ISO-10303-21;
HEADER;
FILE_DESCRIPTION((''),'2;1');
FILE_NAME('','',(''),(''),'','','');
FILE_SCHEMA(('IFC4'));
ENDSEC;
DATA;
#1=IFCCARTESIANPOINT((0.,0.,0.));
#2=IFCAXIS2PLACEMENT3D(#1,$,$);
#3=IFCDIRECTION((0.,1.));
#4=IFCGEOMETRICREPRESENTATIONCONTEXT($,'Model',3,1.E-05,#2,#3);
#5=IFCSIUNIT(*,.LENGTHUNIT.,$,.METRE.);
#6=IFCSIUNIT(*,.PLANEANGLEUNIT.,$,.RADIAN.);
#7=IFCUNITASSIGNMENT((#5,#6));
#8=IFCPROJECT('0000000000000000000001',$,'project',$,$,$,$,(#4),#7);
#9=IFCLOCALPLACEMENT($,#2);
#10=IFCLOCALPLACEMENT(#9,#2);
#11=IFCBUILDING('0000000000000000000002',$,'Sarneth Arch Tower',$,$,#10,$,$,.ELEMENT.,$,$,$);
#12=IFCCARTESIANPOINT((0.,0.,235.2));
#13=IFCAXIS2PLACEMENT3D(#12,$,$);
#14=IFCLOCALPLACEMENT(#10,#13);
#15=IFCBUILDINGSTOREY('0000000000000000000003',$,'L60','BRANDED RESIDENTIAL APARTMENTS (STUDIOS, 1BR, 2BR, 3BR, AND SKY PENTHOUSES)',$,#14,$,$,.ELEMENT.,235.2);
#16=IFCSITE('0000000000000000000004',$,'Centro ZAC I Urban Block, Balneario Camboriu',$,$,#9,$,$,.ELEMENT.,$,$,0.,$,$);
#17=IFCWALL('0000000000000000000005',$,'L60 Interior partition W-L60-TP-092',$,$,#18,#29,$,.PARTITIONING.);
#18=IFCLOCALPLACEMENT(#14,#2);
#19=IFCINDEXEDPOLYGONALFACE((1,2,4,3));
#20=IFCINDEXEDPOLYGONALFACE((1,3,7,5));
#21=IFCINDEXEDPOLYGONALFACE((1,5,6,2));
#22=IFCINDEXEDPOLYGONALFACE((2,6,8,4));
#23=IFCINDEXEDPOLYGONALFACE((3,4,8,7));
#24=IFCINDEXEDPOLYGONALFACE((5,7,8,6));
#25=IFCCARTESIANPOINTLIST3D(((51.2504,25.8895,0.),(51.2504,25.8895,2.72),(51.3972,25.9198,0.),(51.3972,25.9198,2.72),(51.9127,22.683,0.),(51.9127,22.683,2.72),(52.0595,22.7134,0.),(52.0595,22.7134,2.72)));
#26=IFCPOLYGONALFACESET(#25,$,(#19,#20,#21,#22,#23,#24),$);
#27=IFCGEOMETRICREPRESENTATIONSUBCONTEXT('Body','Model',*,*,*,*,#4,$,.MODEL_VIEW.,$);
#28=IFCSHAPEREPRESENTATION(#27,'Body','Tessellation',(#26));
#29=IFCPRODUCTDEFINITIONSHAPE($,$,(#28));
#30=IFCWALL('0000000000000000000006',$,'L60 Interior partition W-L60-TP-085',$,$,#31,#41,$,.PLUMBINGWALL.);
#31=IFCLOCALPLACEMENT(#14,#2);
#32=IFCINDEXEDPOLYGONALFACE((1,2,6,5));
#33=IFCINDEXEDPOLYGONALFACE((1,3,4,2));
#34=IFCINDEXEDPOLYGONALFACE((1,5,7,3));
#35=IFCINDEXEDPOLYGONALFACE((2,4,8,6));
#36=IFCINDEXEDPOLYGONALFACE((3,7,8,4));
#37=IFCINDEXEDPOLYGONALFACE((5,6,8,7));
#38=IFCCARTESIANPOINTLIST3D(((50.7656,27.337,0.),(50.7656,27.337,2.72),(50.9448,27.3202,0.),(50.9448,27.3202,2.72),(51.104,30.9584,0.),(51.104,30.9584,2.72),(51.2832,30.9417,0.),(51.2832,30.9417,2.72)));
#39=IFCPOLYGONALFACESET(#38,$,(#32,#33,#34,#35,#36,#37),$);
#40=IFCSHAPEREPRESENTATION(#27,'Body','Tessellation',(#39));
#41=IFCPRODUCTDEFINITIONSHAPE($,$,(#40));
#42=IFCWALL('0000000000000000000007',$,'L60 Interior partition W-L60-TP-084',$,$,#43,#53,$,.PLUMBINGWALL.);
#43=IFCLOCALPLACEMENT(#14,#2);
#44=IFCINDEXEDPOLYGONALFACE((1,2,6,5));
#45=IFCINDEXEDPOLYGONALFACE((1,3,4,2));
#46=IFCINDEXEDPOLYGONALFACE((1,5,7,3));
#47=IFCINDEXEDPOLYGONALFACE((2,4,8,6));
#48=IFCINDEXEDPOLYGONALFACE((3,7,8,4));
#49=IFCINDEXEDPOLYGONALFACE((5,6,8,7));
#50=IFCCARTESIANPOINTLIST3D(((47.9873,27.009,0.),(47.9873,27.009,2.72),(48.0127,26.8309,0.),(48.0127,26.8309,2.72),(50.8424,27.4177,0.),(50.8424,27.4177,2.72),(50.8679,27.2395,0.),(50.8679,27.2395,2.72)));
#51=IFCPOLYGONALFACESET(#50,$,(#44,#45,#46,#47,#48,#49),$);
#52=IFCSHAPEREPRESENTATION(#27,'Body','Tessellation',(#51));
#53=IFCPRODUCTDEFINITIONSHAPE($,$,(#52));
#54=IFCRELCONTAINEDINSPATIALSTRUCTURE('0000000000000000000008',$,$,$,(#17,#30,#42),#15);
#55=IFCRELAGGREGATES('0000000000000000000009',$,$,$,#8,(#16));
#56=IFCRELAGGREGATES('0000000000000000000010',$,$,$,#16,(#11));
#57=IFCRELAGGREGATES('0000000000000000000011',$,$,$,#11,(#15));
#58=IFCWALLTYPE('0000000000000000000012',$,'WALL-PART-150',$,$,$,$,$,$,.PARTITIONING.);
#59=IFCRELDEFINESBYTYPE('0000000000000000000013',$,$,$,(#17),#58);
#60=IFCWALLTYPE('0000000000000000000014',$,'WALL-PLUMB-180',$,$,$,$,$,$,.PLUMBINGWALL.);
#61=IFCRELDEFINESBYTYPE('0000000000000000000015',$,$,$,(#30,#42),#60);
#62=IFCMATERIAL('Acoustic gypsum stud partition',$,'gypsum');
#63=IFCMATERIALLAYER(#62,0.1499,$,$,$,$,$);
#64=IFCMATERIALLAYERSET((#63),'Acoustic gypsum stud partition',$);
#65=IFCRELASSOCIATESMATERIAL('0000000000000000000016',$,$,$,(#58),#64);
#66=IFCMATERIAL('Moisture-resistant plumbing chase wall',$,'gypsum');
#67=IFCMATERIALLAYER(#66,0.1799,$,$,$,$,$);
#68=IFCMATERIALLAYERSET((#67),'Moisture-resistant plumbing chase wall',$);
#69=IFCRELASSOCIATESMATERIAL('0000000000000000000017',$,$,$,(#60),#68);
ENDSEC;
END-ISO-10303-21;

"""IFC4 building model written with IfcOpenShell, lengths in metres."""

from ifc_helpers import new_model, si_unit, direction, frame, frame_2d, origin, place, context, subcontext, project, spatial, rectangle, extrude, material, layer, layer_set, type_object, element, save


model = new_model("IFC4")

# Units and contexts
model_context = context("Model", 3, precision=1e-05, world=origin(), true_north=direction((0.0, 1.0)))
body_context = subcontext(model_context, "Body", "Model", "MODEL_VIEW")
ifc_project = project(units=[si_unit("LENGTHUNIT", "METRE"), si_unit("PLANEANGLEUNIT", "RADIAN")], contexts=[model_context])

# Site, building, storey
site_placement = place(None, origin())
site = spatial("IfcSite", under=ifc_project, at=site_placement, Name="Centro ZAC I Urban Block, Balneario Camboriu", CompositionType="ELEMENT", RefElevation=0.0)
building_placement = place(site_placement, origin())
building = spatial("IfcBuilding", under=site, at=building_placement, Name="Sarneth Arch Tower", CompositionType="ELEMENT")
storey_placement = place(building_placement, frame((0.0, 0.0, 235.2)))
storey = spatial("IfcBuildingStorey", under=building, at=storey_placement, Name="L60", Description="BRANDED RESIDENTIAL APARTMENTS (STUDIOS, 1BR, 2BR, 3BR, AND SKY PENTHOUSES)", CompositionType="ELEMENT", Elevation=235.2)

# Shared definitions
ifc_material_1 = material(Name="Acoustic gypsum stud partition", Category="gypsum")
ifc_layer_1 = layer(ifc_material_1, 0.1499)
ifc_layer_set_1 = layer_set([ifc_layer_1], Name="Acoustic gypsum stud partition")
wall_type_1 = type_object("IfcWallType", Name="WALL-PART-150", PredefinedType="PARTITIONING", material=ifc_layer_set_1)

# Walls
wall_1_placement = place(storey_placement, frame((51.3237, 25.9048, 0.0), z_axis=(0.0, 0.0, 1.0), x_axis=(0.202292, -0.979325, 0.0)))
element("IfcWall", 1, at=wall_1_placement, inside=storey, type_object=wall_type_1, Name="L60 Interior partition W-L60-TP-092", PredefinedType="PARTITIONING", context=body_context, shape_type="SweptSolid", body=[
    extrude(rectangle(XDim=3.2742, YDim=0.1499, at=frame_2d((1.6372, 0.0))), origin(), (0.0, 0.0, 1.0), 2.72),
])
ifc_material_2 = material(Name="Moisture-resistant plumbing chase wall", Category="gypsum")
ifc_layer_2 = layer(ifc_material_2, 0.1799)
ifc_layer_set_2 = layer_set([ifc_layer_2], Name="Moisture-resistant plumbing chase wall")
wall_type_2 = type_object("IfcWallType", Name="WALL-PLUMB-180", PredefinedType="PLUMBINGWALL", material=ifc_layer_set_2)
wall_2_placement = place(storey_placement, frame((50.8552, 27.3286, 0.0), z_axis=(0.0, 0.0, 1.0), x_axis=(0.093035, 0.995663, 0.0)))
element("IfcWall", 2, at=wall_2_placement, inside=storey, type_object=wall_type_2, Name="L60 Interior partition W-L60-TP-085", PredefinedType="PLUMBINGWALL", context=body_context, shape_type="SweptSolid", body=[
    extrude(rectangle(XDim=3.6372, YDim=0.1799, at=frame_2d((1.8186, 0.0))), origin(), (0.0, 0.0, 1.0), 2.72),
])
wall_3_placement = place(storey_placement, frame((48.0, 26.9199, 0.0), z_axis=(0.0, 0.0, 1.0), x_axis=(0.989911, 0.141694, 0.0)))
element("IfcWall", 3, at=wall_3_placement, inside=storey, type_object=wall_type_2, Name="L60 Interior partition W-L60-TP-084", PredefinedType="PLUMBINGWALL", context=body_context, shape_type="SweptSolid", body=[
    extrude(rectangle(XDim=2.8843, YDim=0.1799, at=frame_2d((1.4421, 0.0))), origin(), (0.0, 0.0, 1.0), 2.72),
])

save(model, "model.ifc")
